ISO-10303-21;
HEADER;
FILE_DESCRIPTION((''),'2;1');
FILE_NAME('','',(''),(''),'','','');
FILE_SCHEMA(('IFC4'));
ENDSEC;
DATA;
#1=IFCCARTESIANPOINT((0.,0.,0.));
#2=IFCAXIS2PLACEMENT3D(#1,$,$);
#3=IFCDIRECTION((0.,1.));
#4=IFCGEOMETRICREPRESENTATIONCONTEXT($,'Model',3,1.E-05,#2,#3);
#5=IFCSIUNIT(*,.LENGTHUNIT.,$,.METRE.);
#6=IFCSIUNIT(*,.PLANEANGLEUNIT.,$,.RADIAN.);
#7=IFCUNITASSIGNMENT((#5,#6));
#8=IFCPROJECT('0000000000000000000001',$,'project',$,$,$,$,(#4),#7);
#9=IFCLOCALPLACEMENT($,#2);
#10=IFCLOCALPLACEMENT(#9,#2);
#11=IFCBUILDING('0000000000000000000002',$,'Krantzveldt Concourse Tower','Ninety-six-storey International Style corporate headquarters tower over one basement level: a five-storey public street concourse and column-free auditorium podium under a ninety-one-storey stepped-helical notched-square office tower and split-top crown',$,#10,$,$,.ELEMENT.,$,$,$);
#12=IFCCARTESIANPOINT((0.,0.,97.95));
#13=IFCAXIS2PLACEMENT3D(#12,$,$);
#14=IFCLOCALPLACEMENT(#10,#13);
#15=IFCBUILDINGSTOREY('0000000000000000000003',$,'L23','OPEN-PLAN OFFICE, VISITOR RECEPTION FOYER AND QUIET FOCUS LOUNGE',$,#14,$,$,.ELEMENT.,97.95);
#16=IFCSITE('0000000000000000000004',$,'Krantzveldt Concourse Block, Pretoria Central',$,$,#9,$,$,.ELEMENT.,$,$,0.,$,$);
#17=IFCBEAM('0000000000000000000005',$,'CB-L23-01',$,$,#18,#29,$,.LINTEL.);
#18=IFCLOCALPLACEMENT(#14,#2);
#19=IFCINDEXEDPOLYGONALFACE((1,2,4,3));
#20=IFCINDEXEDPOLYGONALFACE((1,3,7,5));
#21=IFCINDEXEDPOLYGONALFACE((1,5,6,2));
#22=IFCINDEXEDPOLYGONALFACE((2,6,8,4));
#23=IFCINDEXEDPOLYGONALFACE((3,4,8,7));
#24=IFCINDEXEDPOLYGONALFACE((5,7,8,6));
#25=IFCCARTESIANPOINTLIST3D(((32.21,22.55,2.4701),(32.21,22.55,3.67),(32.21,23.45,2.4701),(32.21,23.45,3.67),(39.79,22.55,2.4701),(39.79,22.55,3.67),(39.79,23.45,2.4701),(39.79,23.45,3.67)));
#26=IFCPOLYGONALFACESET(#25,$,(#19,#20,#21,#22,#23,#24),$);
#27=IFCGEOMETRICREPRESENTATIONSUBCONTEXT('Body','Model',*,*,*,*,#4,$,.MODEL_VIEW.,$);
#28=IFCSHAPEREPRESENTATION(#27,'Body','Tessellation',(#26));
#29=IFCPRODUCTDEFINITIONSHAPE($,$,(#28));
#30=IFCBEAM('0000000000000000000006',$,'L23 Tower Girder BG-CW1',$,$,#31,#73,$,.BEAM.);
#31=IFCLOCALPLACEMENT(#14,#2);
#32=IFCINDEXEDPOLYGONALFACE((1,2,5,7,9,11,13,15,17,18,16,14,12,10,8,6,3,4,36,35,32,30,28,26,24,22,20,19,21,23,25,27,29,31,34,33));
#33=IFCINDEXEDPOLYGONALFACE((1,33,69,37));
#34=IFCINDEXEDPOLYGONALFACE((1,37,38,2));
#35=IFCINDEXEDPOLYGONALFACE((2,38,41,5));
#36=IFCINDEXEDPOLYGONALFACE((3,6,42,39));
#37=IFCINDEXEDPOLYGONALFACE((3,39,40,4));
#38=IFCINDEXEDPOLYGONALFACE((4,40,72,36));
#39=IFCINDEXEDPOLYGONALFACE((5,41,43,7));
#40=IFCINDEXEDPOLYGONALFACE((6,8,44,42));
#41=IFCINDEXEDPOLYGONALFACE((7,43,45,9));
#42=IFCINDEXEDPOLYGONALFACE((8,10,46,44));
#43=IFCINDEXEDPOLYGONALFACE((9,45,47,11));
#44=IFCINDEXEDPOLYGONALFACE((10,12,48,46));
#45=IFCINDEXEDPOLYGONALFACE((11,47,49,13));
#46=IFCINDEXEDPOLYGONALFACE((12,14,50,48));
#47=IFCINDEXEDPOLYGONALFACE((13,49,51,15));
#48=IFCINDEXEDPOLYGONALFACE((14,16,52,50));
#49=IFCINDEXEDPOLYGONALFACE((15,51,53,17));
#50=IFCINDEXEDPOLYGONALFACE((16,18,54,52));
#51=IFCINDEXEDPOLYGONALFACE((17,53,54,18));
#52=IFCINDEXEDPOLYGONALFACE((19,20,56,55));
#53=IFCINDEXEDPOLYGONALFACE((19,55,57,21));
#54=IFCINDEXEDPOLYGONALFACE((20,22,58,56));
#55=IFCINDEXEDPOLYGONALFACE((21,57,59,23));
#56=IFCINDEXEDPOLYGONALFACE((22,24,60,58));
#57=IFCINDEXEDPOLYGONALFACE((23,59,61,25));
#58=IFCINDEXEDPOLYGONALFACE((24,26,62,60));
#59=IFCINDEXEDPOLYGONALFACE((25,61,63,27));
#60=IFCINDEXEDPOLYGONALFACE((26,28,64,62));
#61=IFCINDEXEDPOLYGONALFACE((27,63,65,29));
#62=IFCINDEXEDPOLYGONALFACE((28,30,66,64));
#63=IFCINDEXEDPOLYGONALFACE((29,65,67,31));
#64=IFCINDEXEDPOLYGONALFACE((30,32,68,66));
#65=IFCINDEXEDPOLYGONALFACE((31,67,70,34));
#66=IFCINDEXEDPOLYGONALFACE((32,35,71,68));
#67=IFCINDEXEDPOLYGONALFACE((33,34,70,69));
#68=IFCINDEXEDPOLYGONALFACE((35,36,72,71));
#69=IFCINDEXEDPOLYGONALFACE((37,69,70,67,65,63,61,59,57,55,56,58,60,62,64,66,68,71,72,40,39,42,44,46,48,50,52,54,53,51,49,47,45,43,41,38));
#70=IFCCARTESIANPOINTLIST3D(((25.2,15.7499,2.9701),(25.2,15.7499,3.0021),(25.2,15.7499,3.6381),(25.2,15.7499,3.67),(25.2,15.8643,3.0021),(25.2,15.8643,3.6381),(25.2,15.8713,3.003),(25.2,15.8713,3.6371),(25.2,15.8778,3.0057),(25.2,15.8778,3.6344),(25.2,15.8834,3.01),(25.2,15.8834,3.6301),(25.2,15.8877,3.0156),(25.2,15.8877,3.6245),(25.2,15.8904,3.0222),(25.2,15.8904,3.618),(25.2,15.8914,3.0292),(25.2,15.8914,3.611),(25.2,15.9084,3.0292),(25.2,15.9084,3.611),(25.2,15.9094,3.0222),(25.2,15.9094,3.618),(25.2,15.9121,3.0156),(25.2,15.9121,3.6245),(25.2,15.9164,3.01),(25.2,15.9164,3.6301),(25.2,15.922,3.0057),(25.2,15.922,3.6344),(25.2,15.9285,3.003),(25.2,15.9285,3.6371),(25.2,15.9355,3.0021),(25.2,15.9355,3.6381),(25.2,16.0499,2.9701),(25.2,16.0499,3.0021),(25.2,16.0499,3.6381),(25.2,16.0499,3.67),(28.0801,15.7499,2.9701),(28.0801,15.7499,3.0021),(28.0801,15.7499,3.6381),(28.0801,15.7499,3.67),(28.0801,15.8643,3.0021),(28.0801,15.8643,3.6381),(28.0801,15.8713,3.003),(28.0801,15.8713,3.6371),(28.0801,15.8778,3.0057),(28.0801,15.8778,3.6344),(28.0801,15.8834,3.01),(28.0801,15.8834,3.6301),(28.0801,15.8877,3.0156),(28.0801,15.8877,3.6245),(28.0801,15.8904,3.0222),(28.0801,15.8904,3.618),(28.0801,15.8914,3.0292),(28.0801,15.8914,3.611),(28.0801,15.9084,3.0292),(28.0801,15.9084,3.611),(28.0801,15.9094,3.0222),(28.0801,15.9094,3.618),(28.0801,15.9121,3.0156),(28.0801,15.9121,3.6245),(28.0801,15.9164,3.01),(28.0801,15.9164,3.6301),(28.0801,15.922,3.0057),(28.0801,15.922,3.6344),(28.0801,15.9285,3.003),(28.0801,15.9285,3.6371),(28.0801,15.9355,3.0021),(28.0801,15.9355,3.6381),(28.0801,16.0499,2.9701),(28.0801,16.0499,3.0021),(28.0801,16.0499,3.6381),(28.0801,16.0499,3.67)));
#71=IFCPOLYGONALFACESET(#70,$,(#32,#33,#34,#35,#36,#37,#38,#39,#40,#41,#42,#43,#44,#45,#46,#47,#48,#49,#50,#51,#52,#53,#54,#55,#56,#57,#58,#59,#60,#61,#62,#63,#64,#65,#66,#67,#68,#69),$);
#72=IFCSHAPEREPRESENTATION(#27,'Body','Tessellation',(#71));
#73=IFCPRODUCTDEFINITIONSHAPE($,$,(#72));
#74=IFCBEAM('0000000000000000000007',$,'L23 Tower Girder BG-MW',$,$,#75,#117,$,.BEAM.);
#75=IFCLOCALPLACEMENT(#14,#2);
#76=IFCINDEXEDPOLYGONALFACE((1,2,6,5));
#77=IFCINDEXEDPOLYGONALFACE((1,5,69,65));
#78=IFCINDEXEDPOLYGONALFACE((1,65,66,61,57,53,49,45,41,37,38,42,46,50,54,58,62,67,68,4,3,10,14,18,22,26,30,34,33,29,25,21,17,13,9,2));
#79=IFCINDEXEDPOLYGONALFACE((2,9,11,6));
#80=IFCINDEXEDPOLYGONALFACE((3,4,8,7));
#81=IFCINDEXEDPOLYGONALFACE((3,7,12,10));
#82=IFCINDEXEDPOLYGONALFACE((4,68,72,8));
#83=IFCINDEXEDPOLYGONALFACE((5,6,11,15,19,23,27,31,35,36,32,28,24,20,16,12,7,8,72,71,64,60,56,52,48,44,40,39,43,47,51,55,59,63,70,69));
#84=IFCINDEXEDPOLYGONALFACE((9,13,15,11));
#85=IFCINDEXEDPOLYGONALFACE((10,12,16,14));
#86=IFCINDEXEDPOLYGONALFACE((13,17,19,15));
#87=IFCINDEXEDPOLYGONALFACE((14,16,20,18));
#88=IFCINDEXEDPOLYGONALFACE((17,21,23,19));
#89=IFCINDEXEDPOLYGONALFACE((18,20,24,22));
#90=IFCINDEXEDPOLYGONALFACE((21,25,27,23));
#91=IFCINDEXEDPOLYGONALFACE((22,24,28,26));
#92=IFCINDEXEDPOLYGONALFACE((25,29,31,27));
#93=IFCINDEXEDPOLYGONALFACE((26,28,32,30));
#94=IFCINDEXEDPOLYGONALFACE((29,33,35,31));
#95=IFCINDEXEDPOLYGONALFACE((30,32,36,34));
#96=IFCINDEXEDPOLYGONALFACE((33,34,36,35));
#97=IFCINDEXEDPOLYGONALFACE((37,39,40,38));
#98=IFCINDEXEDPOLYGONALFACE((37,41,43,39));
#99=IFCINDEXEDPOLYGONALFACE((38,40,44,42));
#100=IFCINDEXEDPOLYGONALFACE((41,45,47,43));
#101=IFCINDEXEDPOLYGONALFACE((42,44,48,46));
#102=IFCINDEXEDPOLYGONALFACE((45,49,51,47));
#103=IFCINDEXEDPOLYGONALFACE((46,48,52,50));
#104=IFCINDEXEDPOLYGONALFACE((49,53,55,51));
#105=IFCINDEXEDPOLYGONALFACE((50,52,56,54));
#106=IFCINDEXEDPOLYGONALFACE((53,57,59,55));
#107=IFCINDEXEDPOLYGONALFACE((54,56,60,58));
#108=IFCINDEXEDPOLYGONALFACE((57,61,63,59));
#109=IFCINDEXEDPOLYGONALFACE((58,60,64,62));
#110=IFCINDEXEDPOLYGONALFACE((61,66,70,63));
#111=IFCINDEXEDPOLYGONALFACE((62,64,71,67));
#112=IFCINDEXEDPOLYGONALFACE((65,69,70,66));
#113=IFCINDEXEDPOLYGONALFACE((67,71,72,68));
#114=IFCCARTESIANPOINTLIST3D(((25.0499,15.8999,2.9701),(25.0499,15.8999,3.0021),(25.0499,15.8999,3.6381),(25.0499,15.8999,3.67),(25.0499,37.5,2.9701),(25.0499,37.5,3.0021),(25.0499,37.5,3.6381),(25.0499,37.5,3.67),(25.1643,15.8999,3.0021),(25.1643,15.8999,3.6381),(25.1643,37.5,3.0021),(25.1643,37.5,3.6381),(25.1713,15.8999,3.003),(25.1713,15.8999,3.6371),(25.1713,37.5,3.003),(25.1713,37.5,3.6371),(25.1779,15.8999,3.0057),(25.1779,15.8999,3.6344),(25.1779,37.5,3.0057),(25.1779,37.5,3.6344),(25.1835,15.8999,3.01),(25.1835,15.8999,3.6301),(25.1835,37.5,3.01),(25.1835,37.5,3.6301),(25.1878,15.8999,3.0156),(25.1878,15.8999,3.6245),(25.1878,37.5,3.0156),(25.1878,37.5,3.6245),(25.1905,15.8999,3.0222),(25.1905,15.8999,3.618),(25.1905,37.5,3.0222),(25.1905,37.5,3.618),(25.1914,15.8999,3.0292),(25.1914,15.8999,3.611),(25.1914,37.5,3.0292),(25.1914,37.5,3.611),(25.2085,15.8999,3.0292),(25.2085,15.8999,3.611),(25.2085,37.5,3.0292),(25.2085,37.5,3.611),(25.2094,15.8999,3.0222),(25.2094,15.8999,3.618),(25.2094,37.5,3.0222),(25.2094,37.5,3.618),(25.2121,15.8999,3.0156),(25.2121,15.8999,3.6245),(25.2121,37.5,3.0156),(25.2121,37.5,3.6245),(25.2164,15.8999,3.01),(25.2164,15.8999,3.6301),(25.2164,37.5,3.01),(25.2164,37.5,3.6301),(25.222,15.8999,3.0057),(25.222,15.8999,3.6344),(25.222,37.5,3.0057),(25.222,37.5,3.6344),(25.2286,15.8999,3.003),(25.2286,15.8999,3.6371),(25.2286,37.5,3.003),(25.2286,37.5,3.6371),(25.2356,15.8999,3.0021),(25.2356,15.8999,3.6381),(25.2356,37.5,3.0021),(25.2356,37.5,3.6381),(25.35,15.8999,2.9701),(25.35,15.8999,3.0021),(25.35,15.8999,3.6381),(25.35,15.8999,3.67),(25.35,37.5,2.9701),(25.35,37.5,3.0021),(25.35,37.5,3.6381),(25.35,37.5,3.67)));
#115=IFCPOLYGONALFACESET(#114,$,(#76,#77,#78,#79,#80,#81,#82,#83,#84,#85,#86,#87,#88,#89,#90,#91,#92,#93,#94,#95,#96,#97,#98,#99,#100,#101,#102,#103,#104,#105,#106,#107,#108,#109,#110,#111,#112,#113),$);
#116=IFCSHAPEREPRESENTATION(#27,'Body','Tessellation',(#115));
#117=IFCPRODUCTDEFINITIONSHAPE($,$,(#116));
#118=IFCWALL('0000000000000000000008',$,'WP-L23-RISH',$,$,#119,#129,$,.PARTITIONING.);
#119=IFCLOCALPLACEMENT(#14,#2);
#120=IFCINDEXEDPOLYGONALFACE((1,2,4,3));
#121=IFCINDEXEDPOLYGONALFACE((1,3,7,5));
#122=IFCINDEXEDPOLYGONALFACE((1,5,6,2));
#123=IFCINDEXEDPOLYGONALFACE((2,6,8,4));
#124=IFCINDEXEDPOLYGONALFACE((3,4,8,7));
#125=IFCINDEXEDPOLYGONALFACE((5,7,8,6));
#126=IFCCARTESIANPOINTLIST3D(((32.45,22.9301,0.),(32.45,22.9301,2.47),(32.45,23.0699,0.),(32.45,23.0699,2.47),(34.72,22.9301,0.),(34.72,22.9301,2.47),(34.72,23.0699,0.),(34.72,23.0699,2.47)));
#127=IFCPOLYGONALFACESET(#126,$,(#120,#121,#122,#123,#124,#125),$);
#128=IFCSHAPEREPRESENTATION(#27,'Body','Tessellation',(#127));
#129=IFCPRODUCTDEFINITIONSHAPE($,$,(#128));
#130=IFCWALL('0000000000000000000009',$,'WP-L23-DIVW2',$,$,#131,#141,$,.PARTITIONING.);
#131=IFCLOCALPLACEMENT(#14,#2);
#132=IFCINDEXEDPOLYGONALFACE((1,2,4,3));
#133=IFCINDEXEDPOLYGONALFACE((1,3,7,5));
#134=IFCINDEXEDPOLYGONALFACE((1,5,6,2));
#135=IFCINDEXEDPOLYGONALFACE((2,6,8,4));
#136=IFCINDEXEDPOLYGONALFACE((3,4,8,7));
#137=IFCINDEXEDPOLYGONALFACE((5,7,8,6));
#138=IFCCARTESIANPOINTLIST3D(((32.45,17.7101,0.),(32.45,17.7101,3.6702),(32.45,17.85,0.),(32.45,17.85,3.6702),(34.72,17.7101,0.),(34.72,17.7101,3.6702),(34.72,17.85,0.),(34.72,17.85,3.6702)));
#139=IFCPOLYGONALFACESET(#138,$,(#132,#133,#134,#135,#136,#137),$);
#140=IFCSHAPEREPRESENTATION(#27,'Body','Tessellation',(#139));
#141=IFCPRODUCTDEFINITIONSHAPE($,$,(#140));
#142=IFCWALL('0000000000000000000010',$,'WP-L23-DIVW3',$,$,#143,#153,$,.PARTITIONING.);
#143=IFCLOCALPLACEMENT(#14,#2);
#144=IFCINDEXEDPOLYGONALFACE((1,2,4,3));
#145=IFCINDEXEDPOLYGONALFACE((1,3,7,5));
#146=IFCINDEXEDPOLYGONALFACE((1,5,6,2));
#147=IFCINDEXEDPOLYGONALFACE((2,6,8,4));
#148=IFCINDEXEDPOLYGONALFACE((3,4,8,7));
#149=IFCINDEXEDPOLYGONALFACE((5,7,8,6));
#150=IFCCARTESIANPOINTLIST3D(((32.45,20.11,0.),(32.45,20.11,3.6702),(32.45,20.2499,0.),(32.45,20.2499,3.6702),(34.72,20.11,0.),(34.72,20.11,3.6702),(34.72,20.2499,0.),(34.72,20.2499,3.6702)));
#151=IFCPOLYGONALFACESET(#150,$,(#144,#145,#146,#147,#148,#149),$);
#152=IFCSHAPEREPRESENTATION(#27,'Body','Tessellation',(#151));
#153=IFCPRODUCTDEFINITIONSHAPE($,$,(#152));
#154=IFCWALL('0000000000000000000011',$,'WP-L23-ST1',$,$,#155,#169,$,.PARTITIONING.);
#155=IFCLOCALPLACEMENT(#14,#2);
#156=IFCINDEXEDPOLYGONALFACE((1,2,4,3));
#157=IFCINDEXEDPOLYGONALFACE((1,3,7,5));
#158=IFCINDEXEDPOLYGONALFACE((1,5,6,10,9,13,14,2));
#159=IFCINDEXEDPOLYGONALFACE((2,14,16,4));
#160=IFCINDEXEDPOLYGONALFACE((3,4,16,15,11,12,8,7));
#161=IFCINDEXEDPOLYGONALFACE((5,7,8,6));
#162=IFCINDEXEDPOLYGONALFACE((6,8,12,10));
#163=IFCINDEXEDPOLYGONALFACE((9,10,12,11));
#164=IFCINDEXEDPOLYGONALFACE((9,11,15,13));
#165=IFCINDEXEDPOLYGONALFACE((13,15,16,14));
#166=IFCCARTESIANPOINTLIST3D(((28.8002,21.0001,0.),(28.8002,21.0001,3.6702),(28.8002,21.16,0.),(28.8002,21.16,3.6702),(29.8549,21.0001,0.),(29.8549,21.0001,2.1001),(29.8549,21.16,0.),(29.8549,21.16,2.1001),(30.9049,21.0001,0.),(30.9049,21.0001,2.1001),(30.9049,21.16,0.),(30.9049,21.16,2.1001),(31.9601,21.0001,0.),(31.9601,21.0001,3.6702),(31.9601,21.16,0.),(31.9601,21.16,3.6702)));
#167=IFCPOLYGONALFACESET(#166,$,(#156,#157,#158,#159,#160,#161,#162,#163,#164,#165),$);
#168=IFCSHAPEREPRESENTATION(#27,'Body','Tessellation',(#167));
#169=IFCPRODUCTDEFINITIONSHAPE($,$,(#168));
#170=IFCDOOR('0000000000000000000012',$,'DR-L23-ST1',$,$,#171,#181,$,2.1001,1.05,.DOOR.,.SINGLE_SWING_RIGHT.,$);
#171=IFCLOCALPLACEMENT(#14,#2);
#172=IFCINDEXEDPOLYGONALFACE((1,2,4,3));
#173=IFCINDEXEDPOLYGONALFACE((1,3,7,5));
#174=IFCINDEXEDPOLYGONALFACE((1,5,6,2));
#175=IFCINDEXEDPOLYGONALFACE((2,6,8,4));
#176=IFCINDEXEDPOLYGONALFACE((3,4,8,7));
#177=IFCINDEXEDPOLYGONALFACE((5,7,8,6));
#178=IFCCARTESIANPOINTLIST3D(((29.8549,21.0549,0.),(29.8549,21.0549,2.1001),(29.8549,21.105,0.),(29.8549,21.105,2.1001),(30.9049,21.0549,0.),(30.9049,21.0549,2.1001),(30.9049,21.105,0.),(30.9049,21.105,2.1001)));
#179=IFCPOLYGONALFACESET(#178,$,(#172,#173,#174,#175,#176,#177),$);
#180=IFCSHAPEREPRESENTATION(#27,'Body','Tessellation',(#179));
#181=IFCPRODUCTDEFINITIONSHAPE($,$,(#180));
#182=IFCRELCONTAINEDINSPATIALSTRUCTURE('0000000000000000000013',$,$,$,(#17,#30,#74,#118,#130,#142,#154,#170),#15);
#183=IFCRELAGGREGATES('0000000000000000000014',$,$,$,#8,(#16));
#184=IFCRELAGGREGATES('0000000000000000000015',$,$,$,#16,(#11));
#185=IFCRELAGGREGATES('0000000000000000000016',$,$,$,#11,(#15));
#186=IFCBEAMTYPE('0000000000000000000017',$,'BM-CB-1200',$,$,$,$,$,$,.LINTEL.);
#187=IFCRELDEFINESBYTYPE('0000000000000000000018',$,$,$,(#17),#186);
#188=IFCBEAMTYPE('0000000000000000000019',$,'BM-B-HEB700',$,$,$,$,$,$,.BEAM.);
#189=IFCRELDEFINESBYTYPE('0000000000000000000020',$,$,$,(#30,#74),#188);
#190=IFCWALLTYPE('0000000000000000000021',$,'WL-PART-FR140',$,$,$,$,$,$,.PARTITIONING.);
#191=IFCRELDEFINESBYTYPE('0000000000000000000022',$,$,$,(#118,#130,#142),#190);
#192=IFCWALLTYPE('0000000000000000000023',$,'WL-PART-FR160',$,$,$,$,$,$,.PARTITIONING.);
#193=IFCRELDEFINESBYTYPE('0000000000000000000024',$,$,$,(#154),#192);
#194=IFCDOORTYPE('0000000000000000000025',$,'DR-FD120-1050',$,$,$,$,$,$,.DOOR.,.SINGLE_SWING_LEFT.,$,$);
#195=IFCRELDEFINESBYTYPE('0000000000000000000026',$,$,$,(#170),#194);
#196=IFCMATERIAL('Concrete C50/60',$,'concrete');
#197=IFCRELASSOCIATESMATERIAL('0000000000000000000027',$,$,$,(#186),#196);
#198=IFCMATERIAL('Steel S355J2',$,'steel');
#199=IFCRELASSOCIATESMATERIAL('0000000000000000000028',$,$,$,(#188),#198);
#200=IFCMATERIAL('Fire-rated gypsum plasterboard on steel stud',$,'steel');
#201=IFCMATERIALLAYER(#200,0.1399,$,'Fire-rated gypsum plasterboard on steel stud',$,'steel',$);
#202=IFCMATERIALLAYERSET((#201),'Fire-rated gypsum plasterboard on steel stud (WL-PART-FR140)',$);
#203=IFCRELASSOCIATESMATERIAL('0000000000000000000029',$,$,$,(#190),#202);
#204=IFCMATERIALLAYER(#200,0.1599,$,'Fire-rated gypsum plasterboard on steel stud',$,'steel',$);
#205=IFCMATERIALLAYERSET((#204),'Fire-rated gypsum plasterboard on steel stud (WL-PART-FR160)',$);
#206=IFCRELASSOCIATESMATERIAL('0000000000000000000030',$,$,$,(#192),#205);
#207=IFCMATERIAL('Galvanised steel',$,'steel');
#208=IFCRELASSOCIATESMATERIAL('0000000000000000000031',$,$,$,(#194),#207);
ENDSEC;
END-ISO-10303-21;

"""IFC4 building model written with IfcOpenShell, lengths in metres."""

from ifc_helpers import new_model, si_unit, direction, frame, frame_2d, origin, origin_2d, place, context, subcontext, project, spatial, rectangle, i_section, extrude, source, transform, mapped, material, layer, layer_set, material_profile, profile_set, type_object, type_shapes, element, fill, save


model = new_model("IFC4")

# Units and contexts
model_context = context("Model", 3, precision=1e-05, world=origin(), true_north=direction((0.0, 1.0)))
body_context = subcontext(model_context, "Body", "Model", "MODEL_VIEW")
ifc_project = project(units=[si_unit("LENGTHUNIT", "METRE"), si_unit("PLANEANGLEUNIT", "RADIAN")], contexts=[model_context])

# Site, building, storey
site_placement = place(None, origin())
site = spatial("IfcSite", under=ifc_project, at=site_placement, Name="Krantzveldt Concourse Block, Pretoria Central", CompositionType="ELEMENT", RefElevation=0.0)
building_placement = place(site_placement, origin())
building = spatial("IfcBuilding", under=site, at=building_placement, Name="Krantzveldt Concourse Tower", Description="Ninety-six-storey International Style corporate headquarters tower over one basement level: a five-storey public street concourse and column-free auditorium podium under a ninety-one-storey stepped-helical notched-square office tower and split-top crown", CompositionType="ELEMENT")
storey_placement = place(building_placement, frame((0.0, 0.0, 97.95)))
storey = spatial("IfcBuildingStorey", under=building, at=storey_placement, Name="L23", Description="OPEN-PLAN OFFICE, VISITOR RECEPTION FOYER AND QUIET FOCUS LOUNGE", CompositionType="ELEMENT", Elevation=97.95)

# Beams
ifc_material_1 = material(Name="Concrete C50/60", Category="concrete")
ifc_material_profile_1 = material_profile(ifc_material_1, rectangle(XDim=0.8999, YDim=1.2, at=origin_2d()), Name="Concrete C50/60", Category="concrete")
ifc_profile_set_1 = profile_set([ifc_material_profile_1], Name="Concrete C50/60 - RC-CB 900x1200")
beam_type_1 = type_object("IfcBeamType", Name="BM-CB-1200", PredefinedType="LINTEL", material=ifc_profile_set_1)
shared_shape_1 = source(origin(), body_context, "Body", "SweptSolid", [
    extrude(rectangle(XDim=0.8999, YDim=1.2, at=origin_2d()), origin(), (0.0, 0.0, 1.0), 7.5801),
])
type_shapes(beam_type_1, [shared_shape_1])
beam_1_placement = place(storey_placement, frame((32.21, 23.0, 3.0701), z_axis=(1.0, 0.0, 0.0), x_axis=(0.0, 1.0, 0.0)))
element("IfcBeam", 1, at=beam_1_placement, inside=storey, type_object=beam_type_1, Name="CB-L23-01", PredefinedType="LINTEL", context=body_context, shape_type="MappedRepresentation", body=[
    mapped(shared_shape_1, transform((0.0, 0.0, 0.0), x_axis=(1.0, 0.0, 0.0), y_axis=(0.0, 1.0, 0.0), z_axis=(0.0, 0.0, 1.0), scale=1.0)),
])
ifc_material_2 = material(Name="Steel S355J2", Category="steel")
ifc_material_profile_2 = material_profile(ifc_material_2, i_section(OverallWidth=0.3, OverallDepth=0.7, WebThickness=0.0171, FlangeThickness=0.032, FilletRadius=0.0271, at=origin_2d()), Name="Steel S355J2", Category="steel")
ifc_profile_set_2 = profile_set([ifc_material_profile_2], Name="Steel S355J2 - HEB 700")
beam_type_2 = type_object("IfcBeamType", Name="BM-B-HEB700", PredefinedType="BEAM", material=ifc_profile_set_2)
shared_shape_2 = source(origin(), body_context, "Body", "SweptSolid", [
    extrude(i_section(OverallWidth=0.3, OverallDepth=0.7, WebThickness=0.0171, FlangeThickness=0.032, FilletRadius=0.0271, at=origin_2d()), origin(), (0.0, 0.0, 1.0), 2.8801),
])
beam_2_placement = place(storey_placement, frame((25.2, 15.8999, 3.3201), z_axis=(1.0, 0.0, 0.0), x_axis=(0.0, 1.0, 0.0)))
element("IfcBeam", 2, at=beam_2_placement, inside=storey, type_object=beam_type_2, Name="L23 Tower Girder BG-CW1", PredefinedType="BEAM", context=body_context, shape_type="MappedRepresentation", body=[
    mapped(shared_shape_2, transform((0.0, 0.0, 0.0), x_axis=(1.0, 0.0, 0.0), y_axis=(0.0, 1.0, 0.0), z_axis=(0.0, 0.0, 1.0), scale=1.0)),
])
shared_shape_3 = source(origin(), body_context, "Body", "SweptSolid", [
    extrude(i_section(OverallWidth=0.3, OverallDepth=0.7, WebThickness=0.0171, FlangeThickness=0.032, FilletRadius=0.0271, at=origin_2d()), origin(), (0.0, 0.0, 1.0), 21.6001),
])
type_shapes(beam_type_2, [shared_shape_2, shared_shape_3])
beam_3_placement = place(storey_placement, frame((25.2, 15.8999, 3.3201), z_axis=(0.0, 1.0, 0.0), x_axis=(-1.0, 0.0, 0.0)))
element("IfcBeam", 3, at=beam_3_placement, inside=storey, type_object=beam_type_2, Name="L23 Tower Girder BG-MW", PredefinedType="BEAM", context=body_context, shape_type="MappedRepresentation", body=[
    mapped(shared_shape_3, transform((0.0, 0.0, 0.0), x_axis=(1.0, 0.0, 0.0), y_axis=(0.0, 1.0, 0.0), z_axis=(0.0, 0.0, 1.0), scale=1.0)),
])

# Walls
ifc_material_3 = material(Name="Fire-rated gypsum plasterboard on steel stud", Category="steel")
ifc_layer_1 = layer(ifc_material_3, 0.1399, Name="Fire-rated gypsum plasterboard on steel stud", Category="steel")
ifc_layer_set_1 = layer_set([ifc_layer_1], Name="Fire-rated gypsum plasterboard on steel stud (WL-PART-FR140)")
wall_type_1 = type_object("IfcWallType", Name="WL-PART-FR140", PredefinedType="PARTITIONING", material=ifc_layer_set_1)
wall_1_placement = place(storey_placement, frame((32.45, 23.0, 0.0), z_axis=(0.0, 0.0, 1.0), x_axis=(1.0, 0.0, 0.0)))
element("IfcWall", 4, at=wall_1_placement, inside=storey, type_object=wall_type_1, Name="WP-L23-RISH", PredefinedType="PARTITIONING", context=body_context, shape_type="SweptSolid", body=[
    extrude(rectangle(XDim=2.27, YDim=0.1399, at=frame_2d((1.135, 0.0))), origin(), (0.0, 0.0, 1.0), 2.47),
])
for number, where, z_axis, x_axis, name in (
    (5, (32.45, 17.78, 0.0), (0.0, 0.0, 1.0), (1.0, 0.0, 0.0), "WP-L23-DIVW2"),
    (6, (32.45, 20.1799, 0.0), (0.0, 0.0, 1.0), (1.0, 0.0, 0.0), "WP-L23-DIVW3"),
):
    element("IfcWall", number, at=place(storey_placement, frame(where, z_axis=z_axis, x_axis=x_axis)), inside=storey, type_object=wall_type_1, Name=name, PredefinedType="PARTITIONING", context=body_context, shape_type="SweptSolid", body=[
        extrude(rectangle(XDim=2.27, YDim=0.1399, at=frame_2d((1.135, 0.0))), origin(), (0.0, 0.0, 1.0), 3.6702),
    ])

# Wall, opening, door
ifc_layer_2 = layer(ifc_material_3, 0.1599, Name="Fire-rated gypsum plasterboard on steel stud", Category="steel")
ifc_layer_set_2 = layer_set([ifc_layer_2], Name="Fire-rated gypsum plasterboard on steel stud (WL-PART-FR160)")
wall_type_2 = type_object("IfcWallType", Name="WL-PART-FR160", PredefinedType="PARTITIONING", material=ifc_layer_set_2)
wall_2_placement = place(storey_placement, frame((28.8, 21.0801, 0.0), z_axis=(0.0, 0.0, 1.0), x_axis=(1.0, 0.0, 0.0)))
wall_2 = element("IfcWall", 7, at=wall_2_placement, inside=storey, type_object=wall_type_2, Name="WP-L23-ST1", PredefinedType="PARTITIONING", context=body_context, shape_type="SweptSolid", body=[
    extrude(rectangle(XDim=3.1599, YDim=0.1599, at=frame_2d((1.5801, 0.0))), origin(), (0.0, 0.0, 1.0), 3.6702),
])
opening_placement = place(wall_2_placement, frame((1.0549, 0.0, 0.0)))
opening = element("IfcOpeningElement", 8, at=opening_placement, cuts=wall_2, PredefinedType="OPENING", context=body_context, shape_type="SweptSolid", body=[
    extrude(rectangle(XDim=1.05, YDim=2.1001, at=frame_2d((0.5249, 1.05))), frame((0.0, 0.0898, 0.0), z_axis=(0.0, -1.0, 0.0), x_axis=(1.0, 0.0, 0.0)), (0.0, 0.0, 1.0), 0.1799),
])
ifc_material_4 = material(Name="Galvanised steel", Category="steel")
door_type = type_object("IfcDoorType", Name="DR-FD120-1050", OperationType="SINGLE_SWING_LEFT", PredefinedType="DOOR", material=ifc_material_4)
door_placement = place(opening_placement, origin())
door = element("IfcDoor", 9, at=door_placement, inside=storey, type_object=door_type, Name="DR-L23-ST1", OperationType="SINGLE_SWING_RIGHT", OverallHeight=2.1001, OverallWidth=1.05, PredefinedType="DOOR", context=body_context, shape_type="SweptSolid", body=[
    extrude(rectangle(XDim=1.05, YDim=2.1001, at=frame_2d((0.5249, 1.05))), frame((0.0, 0.0249, 0.0), z_axis=(0.0, -1.0, 0.0), x_axis=(1.0, 0.0, 0.0)), (0.0, 0.0, 1.0), 0.05),
])
fill(opening, door)

save(model, "model.ifc")
